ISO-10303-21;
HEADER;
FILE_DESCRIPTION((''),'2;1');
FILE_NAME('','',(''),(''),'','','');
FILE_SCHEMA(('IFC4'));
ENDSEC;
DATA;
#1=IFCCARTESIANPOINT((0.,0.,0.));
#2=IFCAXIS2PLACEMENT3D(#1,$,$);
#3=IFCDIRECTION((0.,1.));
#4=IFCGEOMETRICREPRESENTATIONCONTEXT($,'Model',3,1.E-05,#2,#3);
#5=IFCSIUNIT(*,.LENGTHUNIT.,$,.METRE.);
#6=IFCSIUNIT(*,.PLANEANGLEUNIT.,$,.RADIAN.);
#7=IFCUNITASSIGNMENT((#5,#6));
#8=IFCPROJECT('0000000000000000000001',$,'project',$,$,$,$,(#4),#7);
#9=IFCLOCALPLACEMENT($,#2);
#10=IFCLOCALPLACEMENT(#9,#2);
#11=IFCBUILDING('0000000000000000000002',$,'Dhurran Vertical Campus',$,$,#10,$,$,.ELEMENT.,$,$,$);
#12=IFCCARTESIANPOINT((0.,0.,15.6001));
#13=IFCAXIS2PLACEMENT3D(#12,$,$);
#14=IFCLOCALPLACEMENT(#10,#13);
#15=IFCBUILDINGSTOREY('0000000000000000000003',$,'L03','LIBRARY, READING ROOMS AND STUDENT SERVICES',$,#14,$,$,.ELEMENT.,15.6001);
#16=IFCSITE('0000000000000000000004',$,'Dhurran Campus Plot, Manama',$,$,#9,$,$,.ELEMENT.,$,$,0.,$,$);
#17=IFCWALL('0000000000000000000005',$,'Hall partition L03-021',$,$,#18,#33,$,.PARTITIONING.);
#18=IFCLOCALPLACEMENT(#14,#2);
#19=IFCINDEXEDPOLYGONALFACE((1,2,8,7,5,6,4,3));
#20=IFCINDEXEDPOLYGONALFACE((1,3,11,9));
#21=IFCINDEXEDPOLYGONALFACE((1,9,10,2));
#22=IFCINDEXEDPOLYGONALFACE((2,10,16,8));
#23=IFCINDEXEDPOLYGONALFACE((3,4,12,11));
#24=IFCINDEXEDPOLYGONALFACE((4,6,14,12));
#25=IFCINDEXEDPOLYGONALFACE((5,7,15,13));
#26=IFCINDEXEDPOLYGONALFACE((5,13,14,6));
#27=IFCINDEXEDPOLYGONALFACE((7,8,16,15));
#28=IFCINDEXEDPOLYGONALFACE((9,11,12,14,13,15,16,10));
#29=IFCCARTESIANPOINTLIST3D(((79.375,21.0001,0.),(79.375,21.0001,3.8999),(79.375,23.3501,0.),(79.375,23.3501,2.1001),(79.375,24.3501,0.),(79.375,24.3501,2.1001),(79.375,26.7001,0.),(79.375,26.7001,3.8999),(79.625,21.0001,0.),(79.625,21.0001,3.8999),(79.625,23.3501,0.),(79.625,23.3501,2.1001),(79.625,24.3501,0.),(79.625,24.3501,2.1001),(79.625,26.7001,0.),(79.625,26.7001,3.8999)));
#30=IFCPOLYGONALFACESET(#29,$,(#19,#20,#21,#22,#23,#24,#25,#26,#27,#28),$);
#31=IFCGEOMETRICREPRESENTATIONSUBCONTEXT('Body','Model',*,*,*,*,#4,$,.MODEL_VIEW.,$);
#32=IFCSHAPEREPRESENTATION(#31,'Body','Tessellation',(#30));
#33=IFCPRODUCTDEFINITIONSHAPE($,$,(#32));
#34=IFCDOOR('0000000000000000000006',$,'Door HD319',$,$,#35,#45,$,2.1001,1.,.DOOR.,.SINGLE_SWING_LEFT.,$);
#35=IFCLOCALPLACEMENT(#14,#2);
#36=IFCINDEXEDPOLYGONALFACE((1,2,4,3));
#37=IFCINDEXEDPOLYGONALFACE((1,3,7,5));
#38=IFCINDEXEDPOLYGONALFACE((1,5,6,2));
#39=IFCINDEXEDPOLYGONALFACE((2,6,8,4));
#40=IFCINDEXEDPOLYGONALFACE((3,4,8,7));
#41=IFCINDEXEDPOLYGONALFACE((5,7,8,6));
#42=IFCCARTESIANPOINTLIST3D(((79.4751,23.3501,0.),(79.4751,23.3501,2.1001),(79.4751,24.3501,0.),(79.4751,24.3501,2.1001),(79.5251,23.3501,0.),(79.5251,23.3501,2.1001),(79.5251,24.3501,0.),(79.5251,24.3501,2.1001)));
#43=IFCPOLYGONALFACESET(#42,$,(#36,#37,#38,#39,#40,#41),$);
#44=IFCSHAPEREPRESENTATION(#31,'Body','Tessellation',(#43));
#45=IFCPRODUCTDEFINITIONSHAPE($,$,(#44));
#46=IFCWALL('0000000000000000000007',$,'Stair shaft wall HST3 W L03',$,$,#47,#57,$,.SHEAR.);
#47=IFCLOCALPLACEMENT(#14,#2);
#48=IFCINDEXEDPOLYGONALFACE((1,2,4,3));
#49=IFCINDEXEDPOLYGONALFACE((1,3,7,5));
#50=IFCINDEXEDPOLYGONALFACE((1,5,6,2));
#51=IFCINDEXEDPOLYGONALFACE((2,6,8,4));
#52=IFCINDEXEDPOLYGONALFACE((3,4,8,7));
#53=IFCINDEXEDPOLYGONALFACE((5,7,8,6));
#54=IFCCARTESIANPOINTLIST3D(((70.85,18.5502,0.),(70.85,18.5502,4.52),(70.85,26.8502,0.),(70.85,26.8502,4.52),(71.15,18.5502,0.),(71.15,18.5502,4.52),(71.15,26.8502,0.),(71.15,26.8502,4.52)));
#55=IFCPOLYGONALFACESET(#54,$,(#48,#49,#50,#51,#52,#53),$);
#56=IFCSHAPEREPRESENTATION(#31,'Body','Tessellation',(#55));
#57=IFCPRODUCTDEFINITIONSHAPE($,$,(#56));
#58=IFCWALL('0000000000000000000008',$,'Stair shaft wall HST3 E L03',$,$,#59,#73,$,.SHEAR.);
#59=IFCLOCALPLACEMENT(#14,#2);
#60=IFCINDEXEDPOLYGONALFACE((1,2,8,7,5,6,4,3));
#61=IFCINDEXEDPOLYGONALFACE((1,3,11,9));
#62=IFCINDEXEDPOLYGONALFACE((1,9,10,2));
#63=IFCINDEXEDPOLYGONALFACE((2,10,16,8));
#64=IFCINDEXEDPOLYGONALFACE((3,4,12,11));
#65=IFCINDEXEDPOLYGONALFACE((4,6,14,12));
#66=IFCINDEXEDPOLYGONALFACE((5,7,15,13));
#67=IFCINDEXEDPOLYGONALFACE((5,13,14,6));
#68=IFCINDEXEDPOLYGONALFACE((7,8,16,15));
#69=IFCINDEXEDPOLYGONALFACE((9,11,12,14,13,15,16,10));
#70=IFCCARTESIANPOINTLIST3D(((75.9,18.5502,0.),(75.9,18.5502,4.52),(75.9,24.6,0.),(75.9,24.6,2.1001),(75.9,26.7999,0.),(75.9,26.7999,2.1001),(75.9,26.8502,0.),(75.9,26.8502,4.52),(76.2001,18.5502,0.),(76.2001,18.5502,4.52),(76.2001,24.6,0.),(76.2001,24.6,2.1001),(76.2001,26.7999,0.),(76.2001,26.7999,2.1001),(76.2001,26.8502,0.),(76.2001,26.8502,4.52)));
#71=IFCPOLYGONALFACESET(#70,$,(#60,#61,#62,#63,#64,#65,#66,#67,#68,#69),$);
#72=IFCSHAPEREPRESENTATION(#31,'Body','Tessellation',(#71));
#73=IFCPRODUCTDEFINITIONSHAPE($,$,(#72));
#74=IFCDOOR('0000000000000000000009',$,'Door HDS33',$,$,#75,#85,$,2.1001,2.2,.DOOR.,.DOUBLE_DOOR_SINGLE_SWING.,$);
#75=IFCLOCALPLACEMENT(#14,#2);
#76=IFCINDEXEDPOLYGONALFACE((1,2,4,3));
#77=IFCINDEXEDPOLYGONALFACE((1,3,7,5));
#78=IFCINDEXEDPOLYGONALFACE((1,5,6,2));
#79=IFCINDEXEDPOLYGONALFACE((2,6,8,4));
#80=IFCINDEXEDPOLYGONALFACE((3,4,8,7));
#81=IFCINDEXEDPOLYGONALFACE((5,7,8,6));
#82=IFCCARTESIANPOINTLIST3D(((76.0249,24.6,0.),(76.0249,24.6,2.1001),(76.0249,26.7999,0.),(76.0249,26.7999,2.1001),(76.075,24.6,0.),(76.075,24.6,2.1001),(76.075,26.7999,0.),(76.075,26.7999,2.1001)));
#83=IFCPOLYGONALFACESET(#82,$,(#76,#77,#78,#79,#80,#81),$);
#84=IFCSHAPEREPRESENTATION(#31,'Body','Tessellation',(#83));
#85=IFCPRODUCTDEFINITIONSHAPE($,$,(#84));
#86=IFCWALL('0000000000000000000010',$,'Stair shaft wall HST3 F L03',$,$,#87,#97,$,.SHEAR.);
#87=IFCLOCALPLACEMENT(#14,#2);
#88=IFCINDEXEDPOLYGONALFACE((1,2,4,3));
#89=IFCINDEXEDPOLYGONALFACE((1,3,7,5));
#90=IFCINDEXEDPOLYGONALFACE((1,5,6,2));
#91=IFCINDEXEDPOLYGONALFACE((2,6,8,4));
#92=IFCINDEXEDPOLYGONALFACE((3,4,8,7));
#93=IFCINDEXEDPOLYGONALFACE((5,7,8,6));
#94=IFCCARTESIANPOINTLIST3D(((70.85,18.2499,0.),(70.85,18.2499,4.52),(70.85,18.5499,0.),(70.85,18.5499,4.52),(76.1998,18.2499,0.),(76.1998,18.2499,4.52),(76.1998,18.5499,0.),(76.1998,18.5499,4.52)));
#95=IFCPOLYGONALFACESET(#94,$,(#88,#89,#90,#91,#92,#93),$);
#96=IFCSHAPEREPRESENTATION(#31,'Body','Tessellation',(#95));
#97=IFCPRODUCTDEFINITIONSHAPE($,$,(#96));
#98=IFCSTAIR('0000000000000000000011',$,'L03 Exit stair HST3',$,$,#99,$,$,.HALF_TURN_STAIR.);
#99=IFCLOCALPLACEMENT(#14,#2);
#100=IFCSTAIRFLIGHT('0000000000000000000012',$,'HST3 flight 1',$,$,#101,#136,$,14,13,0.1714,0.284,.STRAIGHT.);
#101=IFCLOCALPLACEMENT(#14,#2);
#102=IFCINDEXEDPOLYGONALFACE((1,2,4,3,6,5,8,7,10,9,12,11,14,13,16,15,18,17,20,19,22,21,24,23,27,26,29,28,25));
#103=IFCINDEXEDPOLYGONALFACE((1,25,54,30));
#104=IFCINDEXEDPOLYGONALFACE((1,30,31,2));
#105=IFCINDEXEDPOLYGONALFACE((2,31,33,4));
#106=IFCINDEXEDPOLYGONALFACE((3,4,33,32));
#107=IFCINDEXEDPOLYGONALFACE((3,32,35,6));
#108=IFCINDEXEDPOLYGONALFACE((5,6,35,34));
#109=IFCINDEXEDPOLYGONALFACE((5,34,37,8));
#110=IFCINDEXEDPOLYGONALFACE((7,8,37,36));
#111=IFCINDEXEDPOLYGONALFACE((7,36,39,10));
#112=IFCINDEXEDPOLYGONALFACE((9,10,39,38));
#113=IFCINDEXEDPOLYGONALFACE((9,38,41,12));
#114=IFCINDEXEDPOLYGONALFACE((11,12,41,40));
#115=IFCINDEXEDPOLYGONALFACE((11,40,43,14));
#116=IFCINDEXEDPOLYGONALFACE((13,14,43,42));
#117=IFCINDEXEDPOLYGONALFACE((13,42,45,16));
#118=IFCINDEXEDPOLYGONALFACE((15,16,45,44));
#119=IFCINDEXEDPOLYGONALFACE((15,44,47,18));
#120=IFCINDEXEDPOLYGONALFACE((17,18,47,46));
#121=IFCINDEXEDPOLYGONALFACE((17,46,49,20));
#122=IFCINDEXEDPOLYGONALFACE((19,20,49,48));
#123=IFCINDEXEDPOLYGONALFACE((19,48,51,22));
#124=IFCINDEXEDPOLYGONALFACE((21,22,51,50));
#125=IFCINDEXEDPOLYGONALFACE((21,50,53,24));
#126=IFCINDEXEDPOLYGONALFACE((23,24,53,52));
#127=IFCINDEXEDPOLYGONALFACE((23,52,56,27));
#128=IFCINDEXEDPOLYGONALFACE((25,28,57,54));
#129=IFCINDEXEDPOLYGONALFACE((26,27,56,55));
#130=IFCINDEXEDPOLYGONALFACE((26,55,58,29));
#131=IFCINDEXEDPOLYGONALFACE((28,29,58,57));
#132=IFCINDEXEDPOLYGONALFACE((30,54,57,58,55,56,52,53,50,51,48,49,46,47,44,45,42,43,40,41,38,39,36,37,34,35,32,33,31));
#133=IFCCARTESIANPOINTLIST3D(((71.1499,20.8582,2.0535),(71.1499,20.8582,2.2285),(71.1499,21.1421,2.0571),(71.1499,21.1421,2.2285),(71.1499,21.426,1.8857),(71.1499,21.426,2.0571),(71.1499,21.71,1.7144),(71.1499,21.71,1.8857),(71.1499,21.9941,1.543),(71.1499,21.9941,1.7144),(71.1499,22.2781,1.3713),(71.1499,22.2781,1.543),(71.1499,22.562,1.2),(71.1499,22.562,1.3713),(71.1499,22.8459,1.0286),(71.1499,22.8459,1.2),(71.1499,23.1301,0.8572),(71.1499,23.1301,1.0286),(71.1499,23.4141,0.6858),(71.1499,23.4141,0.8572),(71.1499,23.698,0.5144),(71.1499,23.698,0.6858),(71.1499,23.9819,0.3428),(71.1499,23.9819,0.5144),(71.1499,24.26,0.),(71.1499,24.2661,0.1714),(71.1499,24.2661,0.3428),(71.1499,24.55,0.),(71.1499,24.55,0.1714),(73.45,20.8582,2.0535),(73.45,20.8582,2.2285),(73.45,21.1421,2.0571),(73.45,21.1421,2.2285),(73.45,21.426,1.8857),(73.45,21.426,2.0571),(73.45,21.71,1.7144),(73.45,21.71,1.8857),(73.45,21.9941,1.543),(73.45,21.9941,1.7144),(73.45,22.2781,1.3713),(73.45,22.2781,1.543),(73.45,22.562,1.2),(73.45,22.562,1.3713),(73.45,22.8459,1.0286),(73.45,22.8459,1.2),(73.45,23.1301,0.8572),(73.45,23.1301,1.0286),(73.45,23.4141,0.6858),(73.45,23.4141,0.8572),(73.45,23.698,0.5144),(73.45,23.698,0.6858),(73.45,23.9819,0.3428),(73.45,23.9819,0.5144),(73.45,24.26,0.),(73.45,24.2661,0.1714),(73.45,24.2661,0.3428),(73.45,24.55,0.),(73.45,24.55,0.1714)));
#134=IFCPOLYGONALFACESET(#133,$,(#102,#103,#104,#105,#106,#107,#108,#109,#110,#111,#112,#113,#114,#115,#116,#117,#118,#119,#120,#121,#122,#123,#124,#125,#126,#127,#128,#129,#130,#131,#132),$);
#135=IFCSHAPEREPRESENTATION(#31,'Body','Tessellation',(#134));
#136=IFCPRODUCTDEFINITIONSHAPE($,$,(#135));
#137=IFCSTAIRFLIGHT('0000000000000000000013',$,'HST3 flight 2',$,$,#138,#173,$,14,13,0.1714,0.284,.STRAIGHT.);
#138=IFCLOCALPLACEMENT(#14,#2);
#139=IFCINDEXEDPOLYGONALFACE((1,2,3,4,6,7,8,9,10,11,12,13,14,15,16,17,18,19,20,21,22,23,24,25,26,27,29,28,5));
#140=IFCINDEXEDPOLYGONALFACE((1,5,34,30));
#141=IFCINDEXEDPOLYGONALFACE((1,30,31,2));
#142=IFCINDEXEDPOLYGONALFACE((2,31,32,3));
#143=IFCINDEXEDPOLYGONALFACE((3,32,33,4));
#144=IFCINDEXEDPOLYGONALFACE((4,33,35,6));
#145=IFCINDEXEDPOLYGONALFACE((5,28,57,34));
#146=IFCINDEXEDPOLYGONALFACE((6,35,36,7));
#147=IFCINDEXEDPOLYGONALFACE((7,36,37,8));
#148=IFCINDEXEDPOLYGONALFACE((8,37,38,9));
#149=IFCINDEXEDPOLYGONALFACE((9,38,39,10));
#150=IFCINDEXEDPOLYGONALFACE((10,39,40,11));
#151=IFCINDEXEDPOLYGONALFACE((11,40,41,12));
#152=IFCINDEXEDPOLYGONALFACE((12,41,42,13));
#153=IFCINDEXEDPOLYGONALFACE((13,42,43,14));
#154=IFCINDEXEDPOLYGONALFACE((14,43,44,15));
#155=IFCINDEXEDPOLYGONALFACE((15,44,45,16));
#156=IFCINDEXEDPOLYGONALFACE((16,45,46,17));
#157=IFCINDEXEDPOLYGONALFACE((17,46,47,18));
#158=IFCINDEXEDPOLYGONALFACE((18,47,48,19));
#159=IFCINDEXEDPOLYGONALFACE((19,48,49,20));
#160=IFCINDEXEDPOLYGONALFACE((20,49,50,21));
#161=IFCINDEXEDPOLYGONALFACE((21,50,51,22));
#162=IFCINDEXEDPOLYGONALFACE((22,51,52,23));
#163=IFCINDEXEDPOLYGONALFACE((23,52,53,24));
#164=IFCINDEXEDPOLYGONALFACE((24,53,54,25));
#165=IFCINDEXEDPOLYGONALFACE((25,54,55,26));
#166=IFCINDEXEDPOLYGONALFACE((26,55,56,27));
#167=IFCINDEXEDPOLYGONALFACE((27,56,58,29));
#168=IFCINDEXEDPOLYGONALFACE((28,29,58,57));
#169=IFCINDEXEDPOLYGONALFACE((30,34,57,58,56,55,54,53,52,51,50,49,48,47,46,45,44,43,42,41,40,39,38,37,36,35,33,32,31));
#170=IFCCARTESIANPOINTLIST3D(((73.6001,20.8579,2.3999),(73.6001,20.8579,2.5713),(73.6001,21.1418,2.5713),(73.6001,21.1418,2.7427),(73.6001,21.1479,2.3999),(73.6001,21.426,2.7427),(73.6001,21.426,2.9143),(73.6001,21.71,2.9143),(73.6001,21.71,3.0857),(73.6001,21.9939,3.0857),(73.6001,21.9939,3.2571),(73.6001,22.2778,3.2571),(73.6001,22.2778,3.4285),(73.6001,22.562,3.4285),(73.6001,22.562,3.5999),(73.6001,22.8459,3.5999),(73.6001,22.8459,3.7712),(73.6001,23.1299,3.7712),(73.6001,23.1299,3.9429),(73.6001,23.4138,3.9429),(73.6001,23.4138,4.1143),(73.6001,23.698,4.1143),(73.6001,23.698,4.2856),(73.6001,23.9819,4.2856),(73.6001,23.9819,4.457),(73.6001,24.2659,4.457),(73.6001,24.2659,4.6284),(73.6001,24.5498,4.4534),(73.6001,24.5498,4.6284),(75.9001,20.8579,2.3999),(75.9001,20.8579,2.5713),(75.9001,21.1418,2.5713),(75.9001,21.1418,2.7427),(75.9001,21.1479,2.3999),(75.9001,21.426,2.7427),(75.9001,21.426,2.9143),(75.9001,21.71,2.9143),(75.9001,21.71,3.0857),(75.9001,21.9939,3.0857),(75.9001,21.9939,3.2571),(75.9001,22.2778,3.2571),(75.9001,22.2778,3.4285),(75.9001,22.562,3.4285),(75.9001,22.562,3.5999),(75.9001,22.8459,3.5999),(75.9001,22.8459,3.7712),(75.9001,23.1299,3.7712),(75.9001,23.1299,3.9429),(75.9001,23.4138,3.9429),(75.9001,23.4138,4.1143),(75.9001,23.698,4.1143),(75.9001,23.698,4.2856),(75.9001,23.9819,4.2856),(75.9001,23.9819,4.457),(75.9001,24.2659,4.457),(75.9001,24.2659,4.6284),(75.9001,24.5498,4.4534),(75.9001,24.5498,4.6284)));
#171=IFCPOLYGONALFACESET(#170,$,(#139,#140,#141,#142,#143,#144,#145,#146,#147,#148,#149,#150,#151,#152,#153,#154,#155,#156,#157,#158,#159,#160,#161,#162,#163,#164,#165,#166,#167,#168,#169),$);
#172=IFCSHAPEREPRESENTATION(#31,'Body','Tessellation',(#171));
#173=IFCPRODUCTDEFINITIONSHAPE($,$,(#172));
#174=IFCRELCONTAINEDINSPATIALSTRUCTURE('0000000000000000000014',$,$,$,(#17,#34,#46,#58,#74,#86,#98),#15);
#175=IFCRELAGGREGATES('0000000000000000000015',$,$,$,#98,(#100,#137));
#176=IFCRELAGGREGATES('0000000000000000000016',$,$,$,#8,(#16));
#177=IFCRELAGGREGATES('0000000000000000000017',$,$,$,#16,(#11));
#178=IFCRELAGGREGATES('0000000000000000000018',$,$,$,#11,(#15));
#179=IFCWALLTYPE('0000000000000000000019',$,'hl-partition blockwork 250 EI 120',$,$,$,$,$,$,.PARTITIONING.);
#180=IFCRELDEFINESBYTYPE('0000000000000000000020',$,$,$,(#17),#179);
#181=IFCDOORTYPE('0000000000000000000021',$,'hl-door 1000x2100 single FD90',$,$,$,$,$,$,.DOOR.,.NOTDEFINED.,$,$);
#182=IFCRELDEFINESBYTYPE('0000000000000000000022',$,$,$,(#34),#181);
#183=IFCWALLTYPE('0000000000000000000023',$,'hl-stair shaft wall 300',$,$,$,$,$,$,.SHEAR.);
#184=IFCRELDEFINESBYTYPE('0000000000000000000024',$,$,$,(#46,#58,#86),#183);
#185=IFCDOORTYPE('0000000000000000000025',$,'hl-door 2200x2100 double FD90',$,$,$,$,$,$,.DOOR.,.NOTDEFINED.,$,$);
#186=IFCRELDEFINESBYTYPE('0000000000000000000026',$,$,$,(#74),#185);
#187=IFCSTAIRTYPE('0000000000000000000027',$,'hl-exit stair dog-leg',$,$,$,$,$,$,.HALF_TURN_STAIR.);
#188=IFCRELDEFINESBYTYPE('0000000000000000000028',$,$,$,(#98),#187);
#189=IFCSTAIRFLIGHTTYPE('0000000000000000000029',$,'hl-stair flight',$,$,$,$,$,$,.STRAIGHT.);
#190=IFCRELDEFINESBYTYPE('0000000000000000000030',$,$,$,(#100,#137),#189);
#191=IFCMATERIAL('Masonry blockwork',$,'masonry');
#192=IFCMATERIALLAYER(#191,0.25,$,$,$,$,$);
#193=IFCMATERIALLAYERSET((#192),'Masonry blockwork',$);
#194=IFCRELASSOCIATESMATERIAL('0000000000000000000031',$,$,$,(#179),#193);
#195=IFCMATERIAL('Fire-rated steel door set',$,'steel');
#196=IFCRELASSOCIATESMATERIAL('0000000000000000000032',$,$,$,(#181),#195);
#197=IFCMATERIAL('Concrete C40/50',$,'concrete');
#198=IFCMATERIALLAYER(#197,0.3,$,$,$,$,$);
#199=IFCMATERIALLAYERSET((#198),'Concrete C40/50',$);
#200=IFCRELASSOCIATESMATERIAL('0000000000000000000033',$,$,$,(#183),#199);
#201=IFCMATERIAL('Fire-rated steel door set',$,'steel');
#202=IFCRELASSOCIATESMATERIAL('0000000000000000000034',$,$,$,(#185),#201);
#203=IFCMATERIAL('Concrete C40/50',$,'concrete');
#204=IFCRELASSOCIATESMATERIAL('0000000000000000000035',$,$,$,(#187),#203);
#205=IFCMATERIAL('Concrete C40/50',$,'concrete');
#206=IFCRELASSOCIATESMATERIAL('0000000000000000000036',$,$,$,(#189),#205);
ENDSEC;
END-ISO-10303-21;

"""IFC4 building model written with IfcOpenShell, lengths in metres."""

from ifc_helpers import new_model, si_unit, direction, frame, frame_2d, origin, place, context, subcontext, project, spatial, polyline, rectangle, outline, extrude, material, layer, layer_set, type_object, element, fill, aggregate, save


model = new_model("IFC4")

# Units and contexts
model_context = context("Model", 3, precision=1e-05, world=origin(), true_north=direction((0.0, 1.0)))
body_context = subcontext(model_context, "Body", "Model", "MODEL_VIEW")
ifc_project = project(units=[si_unit("LENGTHUNIT", "METRE"), si_unit("PLANEANGLEUNIT", "RADIAN")], contexts=[model_context])

# Site, building, storey
site_placement = place(None, origin())
site = spatial("IfcSite", under=ifc_project, at=site_placement, Name="Dhurran Campus Plot, Manama", CompositionType="ELEMENT", RefElevation=0.0)
building_placement = place(site_placement, origin())
building = spatial("IfcBuilding", under=site, at=building_placement, Name="Dhurran Vertical Campus", CompositionType="ELEMENT")
storey_placement = place(building_placement, frame((0.0, 0.0, 15.6001)))
storey = spatial("IfcBuildingStorey", under=building, at=storey_placement, Name="L03", Description="LIBRARY, READING ROOMS AND STUDENT SERVICES", CompositionType="ELEMENT", Elevation=15.6001)

# Shared definitions
ifc_material_1 = material(Name="Masonry blockwork", Category="masonry")
ifc_layer_1 = layer(ifc_material_1, 0.25)
ifc_layer_set_1 = layer_set([ifc_layer_1], Name="Masonry blockwork")
wall_type_1 = type_object("IfcWallType", Name="hl-partition blockwork 250 EI 120", PredefinedType="PARTITIONING", material=ifc_layer_set_1)

# Wall, opening, door
wall_1_placement = place(storey_placement, frame((79.5, 21.0, 0.0), z_axis=(0.0, 0.0, 1.0), x_axis=(0.0, 1.0, 0.0)))
wall_1 = element("IfcWall", 1, at=wall_1_placement, inside=storey, type_object=wall_type_1, Name="Hall partition L03-021", PredefinedType="PARTITIONING", context=body_context, shape_type="SweptSolid", body=[
    extrude(rectangle(XDim=5.7, YDim=0.25, at=frame_2d((2.8501, 0.0))), origin(), (0.0, 0.0, 1.0), 3.8999),
])
opening_1_placement = place(wall_1_placement, frame((2.3501, 0.0, 0.0)))
opening_1 = element("IfcOpeningElement", 2, at=opening_1_placement, cuts=wall_1, PredefinedType="OPENING", context=body_context, shape_type="SweptSolid", body=[
    extrude(rectangle(XDim=1.0, YDim=2.1001, at=frame_2d((0.5, 1.05))), frame((0.0, 0.135, 0.0), z_axis=(0.0, -1.0, 0.0), x_axis=(1.0, 0.0, 0.0)), (0.0, 0.0, 1.0), 0.27),
])
ifc_material_2 = material(Name="Fire-rated steel door set", Category="steel")
door_type_1 = type_object("IfcDoorType", Name="hl-door 1000x2100 single FD90", OperationType="NOTDEFINED", PredefinedType="DOOR", material=ifc_material_2)
door_1_placement = place(opening_1_placement, origin())
door_1 = element("IfcDoor", 3, at=door_1_placement, inside=storey, type_object=door_type_1, Name="Door HD319", OperationType="SINGLE_SWING_LEFT", OverallHeight=2.1001, OverallWidth=1.0, PredefinedType="DOOR", context=body_context, shape_type="SweptSolid", body=[
    extrude(rectangle(XDim=1.0, YDim=2.1001, at=frame_2d((0.5, 1.05))), frame((0.0, 0.0249, 0.0), z_axis=(0.0, -1.0, 0.0), x_axis=(1.0, 0.0, 0.0)), (0.0, 0.0, 1.0), 0.05),
])
fill(opening_1, door_1)

# Wall
ifc_material_3 = material(Name="Concrete C40/50", Category="concrete")
ifc_layer_2 = layer(ifc_material_3, 0.3)
ifc_layer_set_2 = layer_set([ifc_layer_2], Name="Concrete C40/50")
wall_type_2 = type_object("IfcWallType", Name="hl-stair shaft wall 300", PredefinedType="SHEAR", material=ifc_layer_set_2)
wall_2_placement = place(storey_placement, frame((71.0, 26.8501, 0.0), z_axis=(0.0, 0.0, 1.0), x_axis=(0.0, -1.0, 0.0)))
element("IfcWall", 4, at=wall_2_placement, inside=storey, type_object=wall_type_2, Name="Stair shaft wall HST3 W L03", PredefinedType="SHEAR", context=body_context, shape_type="SweptSolid", body=[
    extrude(rectangle(XDim=8.3, YDim=0.3, at=frame_2d((4.1499, 0.0))), origin(), (0.0, 0.0, 1.0), 4.52),
])

# Wall, opening, door
wall_3_placement = place(storey_placement, frame((76.05, 26.8501, 0.0), z_axis=(0.0, 0.0, 1.0), x_axis=(0.0, -1.0, 0.0)))
wall_3 = element("IfcWall", 5, at=wall_3_placement, inside=storey, type_object=wall_type_2, Name="Stair shaft wall HST3 E L03", PredefinedType="SHEAR", context=body_context, shape_type="SweptSolid", body=[
    extrude(rectangle(XDim=8.3, YDim=0.3, at=frame_2d((4.1499, 0.0))), origin(), (0.0, 0.0, 1.0), 4.52),
])
opening_2_placement = place(wall_3_placement, frame((0.05, 0.0, 0.0)))
opening_2 = element("IfcOpeningElement", 6, at=opening_2_placement, cuts=wall_3, PredefinedType="OPENING", context=body_context, shape_type="SweptSolid", body=[
    extrude(rectangle(XDim=2.2, YDim=2.1001, at=frame_2d((1.1001, 1.05))), frame((0.0, 0.1599, 0.0), z_axis=(0.0, -1.0, 0.0), x_axis=(1.0, 0.0, 0.0)), (0.0, 0.0, 1.0), 0.3201),
])
ifc_material_4 = material(Name="Fire-rated steel door set", Category="steel")
door_type_2 = type_object("IfcDoorType", Name="hl-door 2200x2100 double FD90", OperationType="NOTDEFINED", PredefinedType="DOOR", material=ifc_material_4)
door_2_placement = place(opening_2_placement, origin())
door_2 = element("IfcDoor", 7, at=door_2_placement, inside=storey, type_object=door_type_2, Name="Door HDS33", OperationType="DOUBLE_DOOR_SINGLE_SWING", OverallHeight=2.1001, OverallWidth=2.2, PredefinedType="DOOR", context=body_context, shape_type="SweptSolid", body=[
    extrude(rectangle(XDim=2.2, YDim=2.1001, at=frame_2d((1.1001, 1.05))), frame((0.0, 0.0249, 0.0), z_axis=(0.0, -1.0, 0.0), x_axis=(1.0, 0.0, 0.0)), (0.0, 0.0, 1.0), 0.05),
])
fill(opening_2, door_2)

# Wall
wall_4_placement = place(storey_placement, frame((70.8501, 18.3999, 0.0), z_axis=(0.0, 0.0, 1.0), x_axis=(1.0, 0.0, 0.0)))
element("IfcWall", 8, at=wall_4_placement, inside=storey, type_object=wall_type_2, Name="Stair shaft wall HST3 F L03", PredefinedType="SHEAR", context=body_context, shape_type="SweptSolid", body=[
    extrude(rectangle(XDim=5.3499, YDim=0.3, at=frame_2d((2.6748, 0.0))), origin(), (0.0, 0.0, 1.0), 4.52),
])

# Stair, stair flights
ifc_material_5 = material(Name="Concrete C40/50", Category="concrete")
stair_type = type_object("IfcStairType", Name="hl-exit stair dog-leg", PredefinedType="HALF_TURN_STAIR", material=ifc_material_5)
stair_placement = place(storey_placement, origin())
stair = element("IfcStair", 9, at=stair_placement, inside=storey, type_object=stair_type, Name="L03 Exit stair HST3", PredefinedType="HALF_TURN_STAIR")
ifc_material_6 = material(Name="Concrete C40/50", Category="concrete")
stair_flight_type = type_object("IfcStairFlightType", Name="hl-stair flight", PredefinedType="STRAIGHT", material=ifc_material_6)
stair_flight_1_placement = place(storey_placement, frame((72.3, 24.55, 0.0), z_axis=(0.0, 0.0, 1.0), x_axis=(0.0, -1.0, 0.0)))
stair_flight_1 = element("IfcStairFlight", 10, at=stair_flight_1_placement, type_object=stair_flight_type, Name="HST3 flight 1", NumberOfRisers=14, NumberOfTreads=13, PredefinedType="STRAIGHT", RiserHeight=0.1714, TreadLength=0.284, context=body_context, shape_type="SweptSolid", body=[
    extrude(outline(polyline([(0.0, 0.0), (0.0, 0.1714), (0.2839, 0.1714), (0.2839, 0.3428), (0.5681, 0.3428), (0.5681, 0.5144), (0.8521, 0.5144), (0.8521, 0.6858), (1.136, 0.6858), (1.136, 0.8572), (1.4199, 0.8572), (1.4199, 1.0286), (1.7041, 1.0286), (1.7041, 1.2), (1.988, 1.2), (1.988, 1.3713), (2.272, 1.3713), (2.272, 1.543), (2.5559, 1.543), (2.5559, 1.7144), (2.8401, 1.7144), (2.8401, 1.8857), (3.124, 1.8857), (3.124, 2.0571), (3.408, 2.0571), (3.408, 2.2285), (3.6919, 2.2285), (3.6919, 2.3999), (3.6919, 2.0535), (0.29, 0.0), (0.0, 0.0)])), frame((0.0, 1.1499, 0.0), z_axis=(0.0, -1.0, 0.0), x_axis=(1.0, 0.0, 0.0)), (0.0, 0.0, 1.0), 2.3),
])
stair_flight_2_placement = place(storey_placement, frame((74.75, 20.8579, 2.3999), z_axis=(0.0, 0.0, 1.0), x_axis=(0.0, 1.0, 0.0)))
stair_flight_2 = element("IfcStairFlight", 11, at=stair_flight_2_placement, type_object=stair_flight_type, Name="HST3 flight 2", NumberOfRisers=14, NumberOfTreads=13, PredefinedType="STRAIGHT", RiserHeight=0.1714, TreadLength=0.284, context=body_context, shape_type="SweptSolid", body=[
    extrude(outline(polyline([(0.0, 0.0), (0.0, 0.1714), (0.2839, 0.1714), (0.2839, 0.3428), (0.5681, 0.3428), (0.5681, 0.5144), (0.8521, 0.5144), (0.8521, 0.6858), (1.136, 0.6858), (1.136, 0.8572), (1.4199, 0.8572), (1.4199, 1.0286), (1.7041, 1.0286), (1.7041, 1.2), (1.988, 1.2), (1.988, 1.3713), (2.272, 1.3713), (2.272, 1.543), (2.5559, 1.543), (2.5559, 1.7144), (2.8401, 1.7144), (2.8401, 1.8857), (3.124, 1.8857), (3.124, 2.0571), (3.408, 2.0571), (3.408, 2.2285), (3.6919, 2.2285), (3.6919, 2.3999), (3.6919, 2.0535), (0.29, 0.0), (0.0, 0.0)])), frame((0.0, 1.1499, 0.0), z_axis=(0.0, -1.0, 0.0), x_axis=(1.0, 0.0, 0.0)), (0.0, 0.0, 1.0), 2.3),
])
aggregate(stair, [stair_flight_1, stair_flight_2])

save(model, "model.ifc")
